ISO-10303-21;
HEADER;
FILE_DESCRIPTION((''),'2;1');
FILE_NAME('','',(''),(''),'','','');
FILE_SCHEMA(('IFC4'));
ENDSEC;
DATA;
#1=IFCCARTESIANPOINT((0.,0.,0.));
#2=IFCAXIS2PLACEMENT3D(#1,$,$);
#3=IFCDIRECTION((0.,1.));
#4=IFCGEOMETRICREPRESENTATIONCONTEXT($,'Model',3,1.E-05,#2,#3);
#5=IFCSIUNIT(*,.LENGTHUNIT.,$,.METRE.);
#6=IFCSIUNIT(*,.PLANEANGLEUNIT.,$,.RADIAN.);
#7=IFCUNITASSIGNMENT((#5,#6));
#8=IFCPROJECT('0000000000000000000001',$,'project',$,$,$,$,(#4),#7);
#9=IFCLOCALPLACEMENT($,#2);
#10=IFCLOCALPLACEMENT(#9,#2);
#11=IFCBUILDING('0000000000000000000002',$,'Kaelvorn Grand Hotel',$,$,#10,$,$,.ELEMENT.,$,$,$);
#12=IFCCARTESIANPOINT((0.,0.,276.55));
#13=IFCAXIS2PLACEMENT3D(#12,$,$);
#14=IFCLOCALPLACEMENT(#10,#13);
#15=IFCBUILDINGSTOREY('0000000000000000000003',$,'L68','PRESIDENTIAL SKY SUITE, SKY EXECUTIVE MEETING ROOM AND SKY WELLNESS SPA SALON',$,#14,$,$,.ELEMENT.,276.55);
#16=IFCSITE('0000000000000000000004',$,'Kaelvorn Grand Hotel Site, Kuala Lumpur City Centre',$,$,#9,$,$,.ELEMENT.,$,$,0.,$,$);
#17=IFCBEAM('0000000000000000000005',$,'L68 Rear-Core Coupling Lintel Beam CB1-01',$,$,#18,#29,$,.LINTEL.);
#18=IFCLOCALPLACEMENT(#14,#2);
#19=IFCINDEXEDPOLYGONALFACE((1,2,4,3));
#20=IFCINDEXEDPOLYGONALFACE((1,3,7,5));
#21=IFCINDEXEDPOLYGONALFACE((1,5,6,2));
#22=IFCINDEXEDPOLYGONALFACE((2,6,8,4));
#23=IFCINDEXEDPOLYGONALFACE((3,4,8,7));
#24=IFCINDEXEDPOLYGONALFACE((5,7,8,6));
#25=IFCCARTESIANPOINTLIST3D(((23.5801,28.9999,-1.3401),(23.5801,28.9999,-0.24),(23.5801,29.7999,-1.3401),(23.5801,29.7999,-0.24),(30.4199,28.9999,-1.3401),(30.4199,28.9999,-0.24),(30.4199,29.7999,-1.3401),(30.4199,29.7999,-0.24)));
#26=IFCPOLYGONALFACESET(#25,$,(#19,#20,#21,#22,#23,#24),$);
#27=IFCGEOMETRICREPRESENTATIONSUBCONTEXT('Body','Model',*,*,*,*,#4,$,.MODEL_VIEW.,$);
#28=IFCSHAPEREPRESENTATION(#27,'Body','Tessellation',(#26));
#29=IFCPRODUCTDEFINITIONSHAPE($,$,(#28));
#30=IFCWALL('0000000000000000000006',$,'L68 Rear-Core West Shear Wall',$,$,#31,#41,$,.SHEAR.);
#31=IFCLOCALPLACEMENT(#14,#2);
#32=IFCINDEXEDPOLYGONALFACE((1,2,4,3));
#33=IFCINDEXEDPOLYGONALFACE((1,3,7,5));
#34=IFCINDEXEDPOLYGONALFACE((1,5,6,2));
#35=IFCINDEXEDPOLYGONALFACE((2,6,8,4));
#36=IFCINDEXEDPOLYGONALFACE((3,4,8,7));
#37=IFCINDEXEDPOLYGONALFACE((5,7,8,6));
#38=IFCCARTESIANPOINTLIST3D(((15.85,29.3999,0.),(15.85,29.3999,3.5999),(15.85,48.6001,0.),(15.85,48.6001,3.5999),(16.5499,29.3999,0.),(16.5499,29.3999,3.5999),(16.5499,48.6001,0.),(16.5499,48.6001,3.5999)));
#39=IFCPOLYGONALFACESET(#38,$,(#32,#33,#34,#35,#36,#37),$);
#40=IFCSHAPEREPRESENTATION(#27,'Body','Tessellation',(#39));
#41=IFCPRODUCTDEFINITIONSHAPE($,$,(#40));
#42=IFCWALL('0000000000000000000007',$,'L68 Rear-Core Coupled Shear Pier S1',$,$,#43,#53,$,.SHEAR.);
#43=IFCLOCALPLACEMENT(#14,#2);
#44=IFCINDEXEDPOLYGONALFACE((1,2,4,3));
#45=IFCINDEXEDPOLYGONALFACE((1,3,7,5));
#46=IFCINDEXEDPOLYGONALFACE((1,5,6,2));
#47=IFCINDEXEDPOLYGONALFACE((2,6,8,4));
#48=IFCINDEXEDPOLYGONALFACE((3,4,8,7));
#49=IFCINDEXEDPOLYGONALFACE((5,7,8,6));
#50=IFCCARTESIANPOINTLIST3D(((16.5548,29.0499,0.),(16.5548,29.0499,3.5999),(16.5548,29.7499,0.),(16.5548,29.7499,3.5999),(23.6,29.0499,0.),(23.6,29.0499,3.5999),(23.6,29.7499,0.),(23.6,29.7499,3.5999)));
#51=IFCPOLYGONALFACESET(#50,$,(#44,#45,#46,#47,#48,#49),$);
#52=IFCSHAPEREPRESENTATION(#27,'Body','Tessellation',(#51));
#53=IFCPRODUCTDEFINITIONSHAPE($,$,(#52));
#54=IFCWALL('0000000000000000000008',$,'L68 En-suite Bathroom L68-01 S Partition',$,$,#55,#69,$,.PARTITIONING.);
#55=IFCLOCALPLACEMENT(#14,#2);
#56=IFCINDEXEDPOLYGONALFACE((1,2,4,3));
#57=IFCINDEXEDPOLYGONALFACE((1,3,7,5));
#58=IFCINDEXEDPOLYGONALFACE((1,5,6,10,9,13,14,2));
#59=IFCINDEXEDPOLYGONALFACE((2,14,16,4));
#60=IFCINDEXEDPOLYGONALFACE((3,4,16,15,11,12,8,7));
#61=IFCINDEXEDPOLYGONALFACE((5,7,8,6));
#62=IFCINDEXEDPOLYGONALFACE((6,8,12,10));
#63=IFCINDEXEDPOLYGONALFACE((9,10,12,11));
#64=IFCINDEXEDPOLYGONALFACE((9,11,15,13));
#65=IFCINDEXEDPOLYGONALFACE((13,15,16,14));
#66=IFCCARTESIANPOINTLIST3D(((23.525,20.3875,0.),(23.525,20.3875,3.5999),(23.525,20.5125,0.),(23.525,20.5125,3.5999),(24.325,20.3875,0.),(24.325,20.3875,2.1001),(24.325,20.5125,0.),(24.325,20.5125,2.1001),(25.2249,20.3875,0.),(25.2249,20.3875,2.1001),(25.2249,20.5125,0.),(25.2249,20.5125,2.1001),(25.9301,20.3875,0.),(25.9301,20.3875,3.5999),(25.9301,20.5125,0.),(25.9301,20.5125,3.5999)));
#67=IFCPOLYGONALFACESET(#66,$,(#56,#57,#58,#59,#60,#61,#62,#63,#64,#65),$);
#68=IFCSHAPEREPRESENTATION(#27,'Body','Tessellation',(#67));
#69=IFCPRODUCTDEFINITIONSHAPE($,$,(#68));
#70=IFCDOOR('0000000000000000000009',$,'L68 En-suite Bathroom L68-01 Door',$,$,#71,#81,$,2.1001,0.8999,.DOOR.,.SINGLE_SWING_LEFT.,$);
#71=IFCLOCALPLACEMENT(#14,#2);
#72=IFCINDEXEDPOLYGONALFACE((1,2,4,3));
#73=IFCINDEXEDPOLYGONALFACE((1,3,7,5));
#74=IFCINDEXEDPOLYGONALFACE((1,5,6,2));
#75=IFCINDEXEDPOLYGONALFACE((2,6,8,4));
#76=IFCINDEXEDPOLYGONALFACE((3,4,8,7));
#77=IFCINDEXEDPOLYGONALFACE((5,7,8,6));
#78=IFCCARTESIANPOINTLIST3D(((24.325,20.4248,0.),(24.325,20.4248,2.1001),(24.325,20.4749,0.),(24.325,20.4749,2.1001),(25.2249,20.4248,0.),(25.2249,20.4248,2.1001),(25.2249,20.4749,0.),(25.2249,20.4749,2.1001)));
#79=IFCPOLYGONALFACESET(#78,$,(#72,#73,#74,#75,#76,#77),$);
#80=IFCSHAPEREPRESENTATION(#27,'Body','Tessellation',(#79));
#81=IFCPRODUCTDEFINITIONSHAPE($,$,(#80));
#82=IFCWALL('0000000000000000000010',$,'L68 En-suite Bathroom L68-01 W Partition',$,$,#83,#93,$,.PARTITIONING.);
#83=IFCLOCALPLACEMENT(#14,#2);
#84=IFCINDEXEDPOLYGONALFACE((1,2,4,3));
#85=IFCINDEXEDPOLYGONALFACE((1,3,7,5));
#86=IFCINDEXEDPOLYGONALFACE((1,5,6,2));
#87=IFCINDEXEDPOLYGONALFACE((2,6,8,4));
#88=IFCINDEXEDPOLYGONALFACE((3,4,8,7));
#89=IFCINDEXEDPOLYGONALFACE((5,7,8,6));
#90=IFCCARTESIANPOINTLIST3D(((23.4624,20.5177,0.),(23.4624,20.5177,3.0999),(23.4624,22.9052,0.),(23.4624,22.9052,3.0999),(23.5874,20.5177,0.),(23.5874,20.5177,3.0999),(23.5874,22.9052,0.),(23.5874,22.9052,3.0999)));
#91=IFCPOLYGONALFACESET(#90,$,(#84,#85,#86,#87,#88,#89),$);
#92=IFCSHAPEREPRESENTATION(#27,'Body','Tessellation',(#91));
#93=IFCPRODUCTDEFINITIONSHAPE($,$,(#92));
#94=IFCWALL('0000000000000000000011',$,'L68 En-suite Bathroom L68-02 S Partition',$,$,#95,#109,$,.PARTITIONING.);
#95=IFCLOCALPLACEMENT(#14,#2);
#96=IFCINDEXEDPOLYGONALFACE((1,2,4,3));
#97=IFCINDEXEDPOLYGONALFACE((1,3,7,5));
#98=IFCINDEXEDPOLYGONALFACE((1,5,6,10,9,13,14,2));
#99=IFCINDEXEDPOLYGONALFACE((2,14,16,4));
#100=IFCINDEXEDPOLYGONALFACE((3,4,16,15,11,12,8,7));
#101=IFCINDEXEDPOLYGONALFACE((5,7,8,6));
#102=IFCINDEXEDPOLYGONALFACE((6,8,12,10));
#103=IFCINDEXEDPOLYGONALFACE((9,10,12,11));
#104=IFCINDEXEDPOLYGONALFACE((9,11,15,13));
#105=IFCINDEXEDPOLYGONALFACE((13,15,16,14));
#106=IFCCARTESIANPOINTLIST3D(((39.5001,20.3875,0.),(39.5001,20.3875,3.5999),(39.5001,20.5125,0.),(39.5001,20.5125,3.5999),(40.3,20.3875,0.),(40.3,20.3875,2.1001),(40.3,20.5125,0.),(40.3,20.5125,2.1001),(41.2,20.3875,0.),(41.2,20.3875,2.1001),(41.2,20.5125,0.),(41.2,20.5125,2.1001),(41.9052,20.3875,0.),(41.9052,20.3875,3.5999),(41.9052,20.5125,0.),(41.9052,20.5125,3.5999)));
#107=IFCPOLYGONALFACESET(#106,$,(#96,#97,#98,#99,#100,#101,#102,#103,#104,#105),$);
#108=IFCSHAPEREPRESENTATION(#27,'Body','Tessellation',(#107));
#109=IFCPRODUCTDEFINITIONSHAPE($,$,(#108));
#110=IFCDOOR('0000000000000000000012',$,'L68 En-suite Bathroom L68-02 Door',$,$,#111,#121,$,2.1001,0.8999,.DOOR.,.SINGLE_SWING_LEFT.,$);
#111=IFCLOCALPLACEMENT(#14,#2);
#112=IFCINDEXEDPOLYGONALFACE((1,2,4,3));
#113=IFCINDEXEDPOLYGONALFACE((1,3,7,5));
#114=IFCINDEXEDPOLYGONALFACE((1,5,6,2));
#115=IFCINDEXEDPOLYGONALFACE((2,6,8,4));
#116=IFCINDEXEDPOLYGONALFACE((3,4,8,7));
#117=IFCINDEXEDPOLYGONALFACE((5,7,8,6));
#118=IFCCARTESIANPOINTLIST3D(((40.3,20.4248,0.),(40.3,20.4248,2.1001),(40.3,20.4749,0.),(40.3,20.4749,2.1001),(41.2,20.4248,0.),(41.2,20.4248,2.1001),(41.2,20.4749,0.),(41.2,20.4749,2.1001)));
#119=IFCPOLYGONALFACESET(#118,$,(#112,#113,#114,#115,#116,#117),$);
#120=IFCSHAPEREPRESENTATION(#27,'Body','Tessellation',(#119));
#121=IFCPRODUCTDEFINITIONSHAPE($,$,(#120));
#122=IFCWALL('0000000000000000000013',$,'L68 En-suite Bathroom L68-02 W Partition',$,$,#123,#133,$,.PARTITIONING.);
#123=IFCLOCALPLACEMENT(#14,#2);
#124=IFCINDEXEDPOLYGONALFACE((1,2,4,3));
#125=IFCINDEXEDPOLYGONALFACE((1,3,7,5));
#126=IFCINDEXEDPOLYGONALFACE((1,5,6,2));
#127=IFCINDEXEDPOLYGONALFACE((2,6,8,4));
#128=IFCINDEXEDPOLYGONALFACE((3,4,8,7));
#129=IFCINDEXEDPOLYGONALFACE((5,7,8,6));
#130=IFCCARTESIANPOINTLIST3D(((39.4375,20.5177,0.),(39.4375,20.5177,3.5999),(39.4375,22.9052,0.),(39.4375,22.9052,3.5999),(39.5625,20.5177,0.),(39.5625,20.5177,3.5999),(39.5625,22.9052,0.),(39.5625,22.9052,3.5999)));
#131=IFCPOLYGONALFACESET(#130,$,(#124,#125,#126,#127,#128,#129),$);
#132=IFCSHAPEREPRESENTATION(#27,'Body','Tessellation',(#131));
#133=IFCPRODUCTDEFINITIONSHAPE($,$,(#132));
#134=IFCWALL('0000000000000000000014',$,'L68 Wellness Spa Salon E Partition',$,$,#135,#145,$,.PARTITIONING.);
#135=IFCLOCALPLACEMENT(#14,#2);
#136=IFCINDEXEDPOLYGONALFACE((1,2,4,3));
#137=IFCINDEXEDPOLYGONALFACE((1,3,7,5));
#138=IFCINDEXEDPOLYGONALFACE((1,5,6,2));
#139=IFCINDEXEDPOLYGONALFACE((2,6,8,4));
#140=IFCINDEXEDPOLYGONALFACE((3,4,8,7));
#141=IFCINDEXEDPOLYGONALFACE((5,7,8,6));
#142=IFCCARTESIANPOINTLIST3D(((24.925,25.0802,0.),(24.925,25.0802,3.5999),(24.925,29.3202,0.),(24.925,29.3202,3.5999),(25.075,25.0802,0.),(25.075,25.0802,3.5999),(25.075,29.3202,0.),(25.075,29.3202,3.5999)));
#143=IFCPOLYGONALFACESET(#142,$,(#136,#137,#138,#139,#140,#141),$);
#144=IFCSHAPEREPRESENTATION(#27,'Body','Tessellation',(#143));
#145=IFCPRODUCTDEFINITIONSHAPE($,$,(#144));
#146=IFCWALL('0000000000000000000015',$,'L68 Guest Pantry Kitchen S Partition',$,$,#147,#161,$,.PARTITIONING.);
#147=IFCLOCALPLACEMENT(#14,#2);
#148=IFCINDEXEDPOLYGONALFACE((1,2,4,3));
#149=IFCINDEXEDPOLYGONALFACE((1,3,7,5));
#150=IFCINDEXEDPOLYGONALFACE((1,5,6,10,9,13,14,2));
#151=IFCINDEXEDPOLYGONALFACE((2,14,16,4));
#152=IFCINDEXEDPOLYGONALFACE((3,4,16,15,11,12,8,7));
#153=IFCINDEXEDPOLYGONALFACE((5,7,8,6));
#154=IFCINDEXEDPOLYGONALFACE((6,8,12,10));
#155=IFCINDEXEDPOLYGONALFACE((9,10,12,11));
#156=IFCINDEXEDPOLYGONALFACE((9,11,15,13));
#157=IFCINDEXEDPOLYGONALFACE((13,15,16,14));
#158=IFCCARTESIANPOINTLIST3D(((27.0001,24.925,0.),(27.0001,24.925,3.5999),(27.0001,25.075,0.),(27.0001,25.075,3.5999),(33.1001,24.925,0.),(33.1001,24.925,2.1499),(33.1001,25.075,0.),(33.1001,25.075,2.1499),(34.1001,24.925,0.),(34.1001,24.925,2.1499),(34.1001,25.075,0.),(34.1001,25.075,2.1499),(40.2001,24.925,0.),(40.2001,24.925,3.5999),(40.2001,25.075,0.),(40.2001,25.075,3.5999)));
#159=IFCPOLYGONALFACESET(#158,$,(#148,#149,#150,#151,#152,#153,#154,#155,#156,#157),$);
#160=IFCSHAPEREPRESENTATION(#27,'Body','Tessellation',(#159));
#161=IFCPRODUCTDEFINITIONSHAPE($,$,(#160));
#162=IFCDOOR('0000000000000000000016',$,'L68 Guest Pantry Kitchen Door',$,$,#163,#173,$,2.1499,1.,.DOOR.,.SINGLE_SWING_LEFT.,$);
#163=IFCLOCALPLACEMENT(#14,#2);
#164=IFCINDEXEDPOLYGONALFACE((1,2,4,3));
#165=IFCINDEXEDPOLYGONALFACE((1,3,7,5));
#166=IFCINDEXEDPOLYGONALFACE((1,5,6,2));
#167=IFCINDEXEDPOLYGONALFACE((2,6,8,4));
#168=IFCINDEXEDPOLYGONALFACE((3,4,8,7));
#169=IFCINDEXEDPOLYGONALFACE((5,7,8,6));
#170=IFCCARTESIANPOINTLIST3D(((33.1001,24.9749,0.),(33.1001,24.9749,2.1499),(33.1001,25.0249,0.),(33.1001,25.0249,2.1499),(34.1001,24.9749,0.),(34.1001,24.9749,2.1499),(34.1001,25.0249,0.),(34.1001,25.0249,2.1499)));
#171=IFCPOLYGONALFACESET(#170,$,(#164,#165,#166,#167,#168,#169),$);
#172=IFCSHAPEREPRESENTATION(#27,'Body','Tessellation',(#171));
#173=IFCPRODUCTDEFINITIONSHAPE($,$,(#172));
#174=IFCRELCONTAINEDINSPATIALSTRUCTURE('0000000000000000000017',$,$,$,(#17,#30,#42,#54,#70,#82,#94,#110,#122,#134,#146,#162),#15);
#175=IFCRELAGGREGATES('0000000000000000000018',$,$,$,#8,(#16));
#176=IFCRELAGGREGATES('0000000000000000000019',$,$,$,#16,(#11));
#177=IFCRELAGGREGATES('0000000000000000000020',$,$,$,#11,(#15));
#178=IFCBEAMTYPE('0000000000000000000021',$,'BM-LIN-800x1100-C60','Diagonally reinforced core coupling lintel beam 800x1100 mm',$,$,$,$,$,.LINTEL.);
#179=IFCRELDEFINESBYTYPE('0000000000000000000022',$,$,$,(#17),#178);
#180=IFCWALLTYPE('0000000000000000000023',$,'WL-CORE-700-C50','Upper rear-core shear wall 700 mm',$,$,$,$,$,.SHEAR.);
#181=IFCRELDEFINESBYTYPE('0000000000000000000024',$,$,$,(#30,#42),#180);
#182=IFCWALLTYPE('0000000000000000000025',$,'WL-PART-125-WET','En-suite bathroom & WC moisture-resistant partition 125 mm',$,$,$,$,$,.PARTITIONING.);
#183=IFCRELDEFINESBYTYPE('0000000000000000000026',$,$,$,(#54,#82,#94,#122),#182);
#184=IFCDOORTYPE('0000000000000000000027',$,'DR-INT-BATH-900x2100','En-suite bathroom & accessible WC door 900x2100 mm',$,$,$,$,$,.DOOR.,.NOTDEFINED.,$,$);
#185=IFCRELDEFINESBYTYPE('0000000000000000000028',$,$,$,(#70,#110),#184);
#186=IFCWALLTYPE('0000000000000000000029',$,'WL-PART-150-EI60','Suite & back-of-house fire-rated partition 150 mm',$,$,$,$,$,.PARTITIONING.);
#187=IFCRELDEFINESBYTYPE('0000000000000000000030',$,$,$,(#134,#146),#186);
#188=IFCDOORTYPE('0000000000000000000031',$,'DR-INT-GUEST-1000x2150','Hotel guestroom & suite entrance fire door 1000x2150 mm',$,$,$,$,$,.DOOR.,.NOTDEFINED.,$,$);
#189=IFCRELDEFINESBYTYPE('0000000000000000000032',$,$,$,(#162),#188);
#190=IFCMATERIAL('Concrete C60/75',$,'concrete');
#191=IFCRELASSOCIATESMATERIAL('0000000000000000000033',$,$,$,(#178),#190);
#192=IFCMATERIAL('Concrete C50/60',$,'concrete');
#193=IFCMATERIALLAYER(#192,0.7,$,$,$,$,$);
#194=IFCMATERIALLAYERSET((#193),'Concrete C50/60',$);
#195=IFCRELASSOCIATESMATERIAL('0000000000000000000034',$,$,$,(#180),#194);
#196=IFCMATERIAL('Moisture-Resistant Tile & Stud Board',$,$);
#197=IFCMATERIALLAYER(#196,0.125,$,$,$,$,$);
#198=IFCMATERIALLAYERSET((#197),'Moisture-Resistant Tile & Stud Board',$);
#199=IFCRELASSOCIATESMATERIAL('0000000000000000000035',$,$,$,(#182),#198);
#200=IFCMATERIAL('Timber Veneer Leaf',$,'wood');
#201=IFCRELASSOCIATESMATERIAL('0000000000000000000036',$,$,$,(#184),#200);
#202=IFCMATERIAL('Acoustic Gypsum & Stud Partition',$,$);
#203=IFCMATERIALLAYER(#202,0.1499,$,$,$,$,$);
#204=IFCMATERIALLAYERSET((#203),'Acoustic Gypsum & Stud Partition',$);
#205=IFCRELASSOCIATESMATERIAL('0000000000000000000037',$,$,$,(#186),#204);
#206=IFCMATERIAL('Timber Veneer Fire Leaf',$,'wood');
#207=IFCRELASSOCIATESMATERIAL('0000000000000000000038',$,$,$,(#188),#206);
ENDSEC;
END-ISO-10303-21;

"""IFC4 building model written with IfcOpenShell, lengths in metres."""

from ifc_helpers import new_model, si_unit, direction, frame, frame_2d, origin, origin_2d, place, context, subcontext, project, spatial, rectangle, extrude, material, layer, layer_set, material_profile, profile_set, type_object, element, fill, save


model = new_model("IFC4")

# Units and contexts
model_context = context("Model", 3, precision=1e-05, world=origin(), true_north=direction((0.0, 1.0)))
body_context = subcontext(model_context, "Body", "Model", "MODEL_VIEW")
ifc_project = project(units=[si_unit("LENGTHUNIT", "METRE"), si_unit("PLANEANGLEUNIT", "RADIAN")], contexts=[model_context])

# Site, building, storey
site_placement = place(None, origin())
site = spatial("IfcSite", under=ifc_project, at=site_placement, Name="Kaelvorn Grand Hotel Site, Kuala Lumpur City Centre", CompositionType="ELEMENT", RefElevation=0.0)
building_placement = place(site_placement, origin())
building = spatial("IfcBuilding", under=site, at=building_placement, Name="Kaelvorn Grand Hotel", CompositionType="ELEMENT")
storey_placement = place(building_placement, frame((0.0, 0.0, 276.55)))
storey = spatial("IfcBuildingStorey", under=building, at=storey_placement, Name="L68", Description="PRESIDENTIAL SKY SUITE, SKY EXECUTIVE MEETING ROOM AND SKY WELLNESS SPA SALON", CompositionType="ELEMENT", Elevation=276.55)

# Shared definitions
ifc_material_1 = material(Name="Concrete C50/60", Category="concrete")

# Beam
ifc_material_2 = material(Name="Concrete C60/75", Category="concrete")
ifc_material_profile_1 = material_profile(ifc_material_2, rectangle(XDim=0.8, YDim=1.1001, at=origin_2d()), Name="RC LINTEL 800x1100")
ifc_profile_set_1 = profile_set([ifc_material_profile_1], Name="Concrete C60/75")
beam_type_1 = type_object("IfcBeamType", Name="BM-LIN-800x1100-C60", Description="Diagonally reinforced core coupling lintel beam 800x1100 mm", PredefinedType="LINTEL", material=ifc_profile_set_1)
beam_1_placement = place(storey_placement, frame((23.5801, 29.3999, -0.79), z_axis=(1.0, 0.0, 0.0), x_axis=(0.0, 1.0, 0.0)))
element("IfcBeam", 1, at=beam_1_placement, inside=storey, type_object=beam_type_1, Name="L68 Rear-Core Coupling Lintel Beam CB1-01", PredefinedType="LINTEL", context=body_context, shape_type="SweptSolid", body=[
    extrude(rectangle(XDim=0.8, YDim=1.1001, at=origin_2d()), origin(), (0.0, 0.0, 1.0), 6.8398),
])

# Walls
ifc_layer_1 = layer(ifc_material_1, 0.7)
ifc_layer_set_1 = layer_set([ifc_layer_1], Name="Concrete C50/60")
wall_type_1 = type_object("IfcWallType", Name="WL-CORE-700-C50", Description="Upper rear-core shear wall 700 mm", PredefinedType="SHEAR", material=ifc_layer_set_1)
wall_1_placement = place(storey_placement, frame((16.2, 29.3999, 0.0), z_axis=(0.0, 0.0, 1.0), x_axis=(0.0, 1.0, 0.0)))
element("IfcWall", 2, at=wall_1_placement, inside=storey, type_object=wall_type_1, Name="L68 Rear-Core West Shear Wall", PredefinedType="SHEAR", context=body_context, shape_type="SweptSolid", body=[
    extrude(rectangle(XDim=19.2002, YDim=0.7, at=frame_2d((9.6001, 0.0))), origin(), (0.0, 0.0, 1.0), 3.5999),
])
wall_2_placement = place(storey_placement, frame((16.5549, 29.3999, 0.0), z_axis=(0.0, 0.0, 1.0), x_axis=(1.0, 0.0, 0.0)))
element("IfcWall", 3, at=wall_2_placement, inside=storey, type_object=wall_type_1, Name="L68 Rear-Core Coupled Shear Pier S1", PredefinedType="SHEAR", context=body_context, shape_type="SweptSolid", body=[
    extrude(rectangle(XDim=7.0452, YDim=0.7, at=frame_2d((3.5225, 0.0))), origin(), (0.0, 0.0, 1.0), 3.5999),
])

# Wall, opening, door
ifc_material_3 = material(Name="Moisture-Resistant Tile & Stud Board")
ifc_layer_2 = layer(ifc_material_3, 0.125)
ifc_layer_set_2 = layer_set([ifc_layer_2], Name="Moisture-Resistant Tile & Stud Board")
wall_type_2 = type_object("IfcWallType", Name="WL-PART-125-WET", Description="En-suite bathroom & WC moisture-resistant partition 125 mm", PredefinedType="PARTITIONING", material=ifc_layer_set_2)
wall_3_placement = place(storey_placement, frame((23.5249, 20.45, 0.0), z_axis=(0.0, 0.0, 1.0), x_axis=(1.0, 0.0, 0.0)))
wall_3 = element("IfcWall", 4, at=wall_3_placement, inside=storey, type_object=wall_type_2, Name="L68 En-suite Bathroom L68-01 S Partition", PredefinedType="PARTITIONING", context=body_context, shape_type="SweptSolid", body=[
    extrude(rectangle(XDim=2.405, YDim=0.125, at=frame_2d((1.2026, 0.0))), origin(), (0.0, 0.0, 1.0), 3.5999),
])
opening_1_placement = place(wall_3_placement, frame((0.8, 0.0, 0.0)))
opening_1 = element("IfcOpeningElement", 5, at=opening_1_placement, cuts=wall_3, PredefinedType="OPENING", context=body_context, shape_type="SweptSolid", body=[
    extrude(rectangle(XDim=0.8999, YDim=2.1001, at=frame_2d((0.45, 1.05))), frame((0.0, 0.0725, 0.0), z_axis=(0.0, -1.0, 0.0), x_axis=(1.0, 0.0, 0.0)), (0.0, 0.0, 1.0), 0.145),
])
ifc_material_4 = material(Name="Timber Veneer Leaf", Category="wood")
door_type_1 = type_object("IfcDoorType", Name="DR-INT-BATH-900x2100", Description="En-suite bathroom & accessible WC door 900x2100 mm", OperationType="NOTDEFINED", PredefinedType="DOOR", material=ifc_material_4)
door_1_placement = place(opening_1_placement, origin())
door_1 = element("IfcDoor", 6, at=door_1_placement, inside=storey, type_object=door_type_1, Name="L68 En-suite Bathroom L68-01 Door", OperationType="SINGLE_SWING_LEFT", OverallHeight=2.1001, OverallWidth=0.8999, PredefinedType="DOOR", context=body_context, shape_type="SweptSolid", body=[
    extrude(rectangle(XDim=0.8999, YDim=2.1001, at=frame_2d((0.45, 1.05))), frame((0.0, 0.0249, 0.0), z_axis=(0.0, -1.0, 0.0), x_axis=(1.0, 0.0, 0.0)), (0.0, 0.0, 1.0), 0.05),
])
fill(opening_1, door_1)

# Wall
wall_4_placement = place(storey_placement, frame((23.5249, 20.5176, 0.0), z_axis=(0.0, 0.0, 1.0), x_axis=(0.0, 1.0, 0.0)))
element("IfcWall", 7, at=wall_4_placement, inside=storey, type_object=wall_type_2, Name="L68 En-suite Bathroom L68-01 W Partition", PredefinedType="PARTITIONING", context=body_context, shape_type="SweptSolid", body=[
    extrude(rectangle(XDim=2.3875, YDim=0.125, at=frame_2d((1.1938, 0.0))), origin(), (0.0, 0.0, 1.0), 3.0999),
])

# Wall, opening, door
wall_5_placement = place(storey_placement, frame((39.5, 20.45, 0.0), z_axis=(0.0, 0.0, 1.0), x_axis=(1.0, 0.0, 0.0)))
wall_5 = element("IfcWall", 8, at=wall_5_placement, inside=storey, type_object=wall_type_2, Name="L68 En-suite Bathroom L68-02 S Partition", PredefinedType="PARTITIONING", context=body_context, shape_type="SweptSolid", body=[
    extrude(rectangle(XDim=2.405, YDim=0.125, at=frame_2d((1.2026, 0.0))), origin(), (0.0, 0.0, 1.0), 3.5999),
])
opening_2_placement = place(wall_5_placement, frame((0.8, 0.0, 0.0)))
opening_2 = element("IfcOpeningElement", 9, at=opening_2_placement, cuts=wall_5, PredefinedType="OPENING", context=body_context, shape_type="SweptSolid", body=[
    extrude(rectangle(XDim=0.8999, YDim=2.1001, at=frame_2d((0.45, 1.05))), frame((0.0, 0.0725, 0.0), z_axis=(0.0, -1.0, 0.0), x_axis=(1.0, 0.0, 0.0)), (0.0, 0.0, 1.0), 0.145),
])
door_2_placement = place(opening_2_placement, origin())
door_2 = element("IfcDoor", 10, at=door_2_placement, inside=storey, type_object=door_type_1, Name="L68 En-suite Bathroom L68-02 Door", OperationType="SINGLE_SWING_LEFT", OverallHeight=2.1001, OverallWidth=0.8999, PredefinedType="DOOR", context=body_context, shape_type="SweptSolid", body=[
    extrude(rectangle(XDim=0.8999, YDim=2.1001, at=frame_2d((0.45, 1.05))), frame((0.0, 0.0249, 0.0), z_axis=(0.0, -1.0, 0.0), x_axis=(1.0, 0.0, 0.0)), (0.0, 0.0, 1.0), 0.05),
])
fill(opening_2, door_2)

# Walls
wall_6_placement = place(storey_placement, frame((39.5, 20.5176, 0.0), z_axis=(0.0, 0.0, 1.0), x_axis=(0.0, 1.0, 0.0)))
element("IfcWall", 11, at=wall_6_placement, inside=storey, type_object=wall_type_2, Name="L68 En-suite Bathroom L68-02 W Partition", PredefinedType="PARTITIONING", context=body_context, shape_type="SweptSolid", body=[
    extrude(rectangle(XDim=2.3875, YDim=0.125, at=frame_2d((1.1938, 0.0))), origin(), (0.0, 0.0, 1.0), 3.5999),
])
ifc_material_5 = material(Name="Acoustic Gypsum & Stud Partition")
ifc_layer_3 = layer(ifc_material_5, 0.1499)
ifc_layer_set_3 = layer_set([ifc_layer_3], Name="Acoustic Gypsum & Stud Partition")
wall_type_3 = type_object("IfcWallType", Name="WL-PART-150-EI60", Description="Suite & back-of-house fire-rated partition 150 mm", PredefinedType="PARTITIONING", material=ifc_layer_set_3)
wall_7_placement = place(storey_placement, frame((25.0, 25.0801, 0.0), z_axis=(0.0, 0.0, 1.0), x_axis=(0.0, 1.0, 0.0)))
element("IfcWall", 12, at=wall_7_placement, inside=storey, type_object=wall_type_3, Name="L68 Wellness Spa Salon E Partition", PredefinedType="PARTITIONING", context=body_context, shape_type="SweptSolid", body=[
    extrude(rectangle(XDim=4.24, YDim=0.1499, at=frame_2d((2.1201, 0.0))), origin(), (0.0, 0.0, 1.0), 3.5999),
])

# Wall, opening, door
wall_8_placement = place(storey_placement, frame((27.0, 25.0, 0.0), z_axis=(0.0, 0.0, 1.0), x_axis=(1.0, 0.0, 0.0)))
wall_8 = element("IfcWall", 13, at=wall_8_placement, inside=storey, type_object=wall_type_3, Name="L68 Guest Pantry Kitchen S Partition", PredefinedType="PARTITIONING", context=body_context, shape_type="SweptSolid", body=[
    extrude(rectangle(XDim=13.2, YDim=0.1499, at=frame_2d((6.6001, 0.0))), origin(), (0.0, 0.0, 1.0), 3.5999),
])
opening_3_placement = place(wall_8_placement, frame((6.1001, 0.0, 0.0)))
opening_3 = element("IfcOpeningElement", 14, at=opening_3_placement, cuts=wall_8, PredefinedType="OPENING", context=body_context, shape_type="SweptSolid", body=[
    extrude(rectangle(XDim=1.0, YDim=2.1499, at=frame_2d((0.5, 1.075))), frame((0.0, 0.085, 0.0), z_axis=(0.0, -1.0, 0.0), x_axis=(1.0, 0.0, 0.0)), (0.0, 0.0, 1.0), 0.1699),
])
ifc_material_6 = material(Name="Timber Veneer Fire Leaf", Category="wood")
door_type_2 = type_object("IfcDoorType", Name="DR-INT-GUEST-1000x2150", Description="Hotel guestroom & suite entrance fire door 1000x2150 mm", OperationType="NOTDEFINED", PredefinedType="DOOR", material=ifc_material_6)
door_3_placement = place(opening_3_placement, origin())
door_3 = element("IfcDoor", 15, at=door_3_placement, inside=storey, type_object=door_type_2, Name="L68 Guest Pantry Kitchen Door", OperationType="SINGLE_SWING_LEFT", OverallHeight=2.1499, OverallWidth=1.0, PredefinedType="DOOR", context=body_context, shape_type="SweptSolid", body=[
    extrude(rectangle(XDim=1.0, YDim=2.1499, at=frame_2d((0.5, 1.075))), frame((0.0, 0.0249, 0.0), z_axis=(0.0, -1.0, 0.0), x_axis=(1.0, 0.0, 0.0)), (0.0, 0.0, 1.0), 0.05),
])
fill(opening_3, door_3)

save(model, "model.ifc")
